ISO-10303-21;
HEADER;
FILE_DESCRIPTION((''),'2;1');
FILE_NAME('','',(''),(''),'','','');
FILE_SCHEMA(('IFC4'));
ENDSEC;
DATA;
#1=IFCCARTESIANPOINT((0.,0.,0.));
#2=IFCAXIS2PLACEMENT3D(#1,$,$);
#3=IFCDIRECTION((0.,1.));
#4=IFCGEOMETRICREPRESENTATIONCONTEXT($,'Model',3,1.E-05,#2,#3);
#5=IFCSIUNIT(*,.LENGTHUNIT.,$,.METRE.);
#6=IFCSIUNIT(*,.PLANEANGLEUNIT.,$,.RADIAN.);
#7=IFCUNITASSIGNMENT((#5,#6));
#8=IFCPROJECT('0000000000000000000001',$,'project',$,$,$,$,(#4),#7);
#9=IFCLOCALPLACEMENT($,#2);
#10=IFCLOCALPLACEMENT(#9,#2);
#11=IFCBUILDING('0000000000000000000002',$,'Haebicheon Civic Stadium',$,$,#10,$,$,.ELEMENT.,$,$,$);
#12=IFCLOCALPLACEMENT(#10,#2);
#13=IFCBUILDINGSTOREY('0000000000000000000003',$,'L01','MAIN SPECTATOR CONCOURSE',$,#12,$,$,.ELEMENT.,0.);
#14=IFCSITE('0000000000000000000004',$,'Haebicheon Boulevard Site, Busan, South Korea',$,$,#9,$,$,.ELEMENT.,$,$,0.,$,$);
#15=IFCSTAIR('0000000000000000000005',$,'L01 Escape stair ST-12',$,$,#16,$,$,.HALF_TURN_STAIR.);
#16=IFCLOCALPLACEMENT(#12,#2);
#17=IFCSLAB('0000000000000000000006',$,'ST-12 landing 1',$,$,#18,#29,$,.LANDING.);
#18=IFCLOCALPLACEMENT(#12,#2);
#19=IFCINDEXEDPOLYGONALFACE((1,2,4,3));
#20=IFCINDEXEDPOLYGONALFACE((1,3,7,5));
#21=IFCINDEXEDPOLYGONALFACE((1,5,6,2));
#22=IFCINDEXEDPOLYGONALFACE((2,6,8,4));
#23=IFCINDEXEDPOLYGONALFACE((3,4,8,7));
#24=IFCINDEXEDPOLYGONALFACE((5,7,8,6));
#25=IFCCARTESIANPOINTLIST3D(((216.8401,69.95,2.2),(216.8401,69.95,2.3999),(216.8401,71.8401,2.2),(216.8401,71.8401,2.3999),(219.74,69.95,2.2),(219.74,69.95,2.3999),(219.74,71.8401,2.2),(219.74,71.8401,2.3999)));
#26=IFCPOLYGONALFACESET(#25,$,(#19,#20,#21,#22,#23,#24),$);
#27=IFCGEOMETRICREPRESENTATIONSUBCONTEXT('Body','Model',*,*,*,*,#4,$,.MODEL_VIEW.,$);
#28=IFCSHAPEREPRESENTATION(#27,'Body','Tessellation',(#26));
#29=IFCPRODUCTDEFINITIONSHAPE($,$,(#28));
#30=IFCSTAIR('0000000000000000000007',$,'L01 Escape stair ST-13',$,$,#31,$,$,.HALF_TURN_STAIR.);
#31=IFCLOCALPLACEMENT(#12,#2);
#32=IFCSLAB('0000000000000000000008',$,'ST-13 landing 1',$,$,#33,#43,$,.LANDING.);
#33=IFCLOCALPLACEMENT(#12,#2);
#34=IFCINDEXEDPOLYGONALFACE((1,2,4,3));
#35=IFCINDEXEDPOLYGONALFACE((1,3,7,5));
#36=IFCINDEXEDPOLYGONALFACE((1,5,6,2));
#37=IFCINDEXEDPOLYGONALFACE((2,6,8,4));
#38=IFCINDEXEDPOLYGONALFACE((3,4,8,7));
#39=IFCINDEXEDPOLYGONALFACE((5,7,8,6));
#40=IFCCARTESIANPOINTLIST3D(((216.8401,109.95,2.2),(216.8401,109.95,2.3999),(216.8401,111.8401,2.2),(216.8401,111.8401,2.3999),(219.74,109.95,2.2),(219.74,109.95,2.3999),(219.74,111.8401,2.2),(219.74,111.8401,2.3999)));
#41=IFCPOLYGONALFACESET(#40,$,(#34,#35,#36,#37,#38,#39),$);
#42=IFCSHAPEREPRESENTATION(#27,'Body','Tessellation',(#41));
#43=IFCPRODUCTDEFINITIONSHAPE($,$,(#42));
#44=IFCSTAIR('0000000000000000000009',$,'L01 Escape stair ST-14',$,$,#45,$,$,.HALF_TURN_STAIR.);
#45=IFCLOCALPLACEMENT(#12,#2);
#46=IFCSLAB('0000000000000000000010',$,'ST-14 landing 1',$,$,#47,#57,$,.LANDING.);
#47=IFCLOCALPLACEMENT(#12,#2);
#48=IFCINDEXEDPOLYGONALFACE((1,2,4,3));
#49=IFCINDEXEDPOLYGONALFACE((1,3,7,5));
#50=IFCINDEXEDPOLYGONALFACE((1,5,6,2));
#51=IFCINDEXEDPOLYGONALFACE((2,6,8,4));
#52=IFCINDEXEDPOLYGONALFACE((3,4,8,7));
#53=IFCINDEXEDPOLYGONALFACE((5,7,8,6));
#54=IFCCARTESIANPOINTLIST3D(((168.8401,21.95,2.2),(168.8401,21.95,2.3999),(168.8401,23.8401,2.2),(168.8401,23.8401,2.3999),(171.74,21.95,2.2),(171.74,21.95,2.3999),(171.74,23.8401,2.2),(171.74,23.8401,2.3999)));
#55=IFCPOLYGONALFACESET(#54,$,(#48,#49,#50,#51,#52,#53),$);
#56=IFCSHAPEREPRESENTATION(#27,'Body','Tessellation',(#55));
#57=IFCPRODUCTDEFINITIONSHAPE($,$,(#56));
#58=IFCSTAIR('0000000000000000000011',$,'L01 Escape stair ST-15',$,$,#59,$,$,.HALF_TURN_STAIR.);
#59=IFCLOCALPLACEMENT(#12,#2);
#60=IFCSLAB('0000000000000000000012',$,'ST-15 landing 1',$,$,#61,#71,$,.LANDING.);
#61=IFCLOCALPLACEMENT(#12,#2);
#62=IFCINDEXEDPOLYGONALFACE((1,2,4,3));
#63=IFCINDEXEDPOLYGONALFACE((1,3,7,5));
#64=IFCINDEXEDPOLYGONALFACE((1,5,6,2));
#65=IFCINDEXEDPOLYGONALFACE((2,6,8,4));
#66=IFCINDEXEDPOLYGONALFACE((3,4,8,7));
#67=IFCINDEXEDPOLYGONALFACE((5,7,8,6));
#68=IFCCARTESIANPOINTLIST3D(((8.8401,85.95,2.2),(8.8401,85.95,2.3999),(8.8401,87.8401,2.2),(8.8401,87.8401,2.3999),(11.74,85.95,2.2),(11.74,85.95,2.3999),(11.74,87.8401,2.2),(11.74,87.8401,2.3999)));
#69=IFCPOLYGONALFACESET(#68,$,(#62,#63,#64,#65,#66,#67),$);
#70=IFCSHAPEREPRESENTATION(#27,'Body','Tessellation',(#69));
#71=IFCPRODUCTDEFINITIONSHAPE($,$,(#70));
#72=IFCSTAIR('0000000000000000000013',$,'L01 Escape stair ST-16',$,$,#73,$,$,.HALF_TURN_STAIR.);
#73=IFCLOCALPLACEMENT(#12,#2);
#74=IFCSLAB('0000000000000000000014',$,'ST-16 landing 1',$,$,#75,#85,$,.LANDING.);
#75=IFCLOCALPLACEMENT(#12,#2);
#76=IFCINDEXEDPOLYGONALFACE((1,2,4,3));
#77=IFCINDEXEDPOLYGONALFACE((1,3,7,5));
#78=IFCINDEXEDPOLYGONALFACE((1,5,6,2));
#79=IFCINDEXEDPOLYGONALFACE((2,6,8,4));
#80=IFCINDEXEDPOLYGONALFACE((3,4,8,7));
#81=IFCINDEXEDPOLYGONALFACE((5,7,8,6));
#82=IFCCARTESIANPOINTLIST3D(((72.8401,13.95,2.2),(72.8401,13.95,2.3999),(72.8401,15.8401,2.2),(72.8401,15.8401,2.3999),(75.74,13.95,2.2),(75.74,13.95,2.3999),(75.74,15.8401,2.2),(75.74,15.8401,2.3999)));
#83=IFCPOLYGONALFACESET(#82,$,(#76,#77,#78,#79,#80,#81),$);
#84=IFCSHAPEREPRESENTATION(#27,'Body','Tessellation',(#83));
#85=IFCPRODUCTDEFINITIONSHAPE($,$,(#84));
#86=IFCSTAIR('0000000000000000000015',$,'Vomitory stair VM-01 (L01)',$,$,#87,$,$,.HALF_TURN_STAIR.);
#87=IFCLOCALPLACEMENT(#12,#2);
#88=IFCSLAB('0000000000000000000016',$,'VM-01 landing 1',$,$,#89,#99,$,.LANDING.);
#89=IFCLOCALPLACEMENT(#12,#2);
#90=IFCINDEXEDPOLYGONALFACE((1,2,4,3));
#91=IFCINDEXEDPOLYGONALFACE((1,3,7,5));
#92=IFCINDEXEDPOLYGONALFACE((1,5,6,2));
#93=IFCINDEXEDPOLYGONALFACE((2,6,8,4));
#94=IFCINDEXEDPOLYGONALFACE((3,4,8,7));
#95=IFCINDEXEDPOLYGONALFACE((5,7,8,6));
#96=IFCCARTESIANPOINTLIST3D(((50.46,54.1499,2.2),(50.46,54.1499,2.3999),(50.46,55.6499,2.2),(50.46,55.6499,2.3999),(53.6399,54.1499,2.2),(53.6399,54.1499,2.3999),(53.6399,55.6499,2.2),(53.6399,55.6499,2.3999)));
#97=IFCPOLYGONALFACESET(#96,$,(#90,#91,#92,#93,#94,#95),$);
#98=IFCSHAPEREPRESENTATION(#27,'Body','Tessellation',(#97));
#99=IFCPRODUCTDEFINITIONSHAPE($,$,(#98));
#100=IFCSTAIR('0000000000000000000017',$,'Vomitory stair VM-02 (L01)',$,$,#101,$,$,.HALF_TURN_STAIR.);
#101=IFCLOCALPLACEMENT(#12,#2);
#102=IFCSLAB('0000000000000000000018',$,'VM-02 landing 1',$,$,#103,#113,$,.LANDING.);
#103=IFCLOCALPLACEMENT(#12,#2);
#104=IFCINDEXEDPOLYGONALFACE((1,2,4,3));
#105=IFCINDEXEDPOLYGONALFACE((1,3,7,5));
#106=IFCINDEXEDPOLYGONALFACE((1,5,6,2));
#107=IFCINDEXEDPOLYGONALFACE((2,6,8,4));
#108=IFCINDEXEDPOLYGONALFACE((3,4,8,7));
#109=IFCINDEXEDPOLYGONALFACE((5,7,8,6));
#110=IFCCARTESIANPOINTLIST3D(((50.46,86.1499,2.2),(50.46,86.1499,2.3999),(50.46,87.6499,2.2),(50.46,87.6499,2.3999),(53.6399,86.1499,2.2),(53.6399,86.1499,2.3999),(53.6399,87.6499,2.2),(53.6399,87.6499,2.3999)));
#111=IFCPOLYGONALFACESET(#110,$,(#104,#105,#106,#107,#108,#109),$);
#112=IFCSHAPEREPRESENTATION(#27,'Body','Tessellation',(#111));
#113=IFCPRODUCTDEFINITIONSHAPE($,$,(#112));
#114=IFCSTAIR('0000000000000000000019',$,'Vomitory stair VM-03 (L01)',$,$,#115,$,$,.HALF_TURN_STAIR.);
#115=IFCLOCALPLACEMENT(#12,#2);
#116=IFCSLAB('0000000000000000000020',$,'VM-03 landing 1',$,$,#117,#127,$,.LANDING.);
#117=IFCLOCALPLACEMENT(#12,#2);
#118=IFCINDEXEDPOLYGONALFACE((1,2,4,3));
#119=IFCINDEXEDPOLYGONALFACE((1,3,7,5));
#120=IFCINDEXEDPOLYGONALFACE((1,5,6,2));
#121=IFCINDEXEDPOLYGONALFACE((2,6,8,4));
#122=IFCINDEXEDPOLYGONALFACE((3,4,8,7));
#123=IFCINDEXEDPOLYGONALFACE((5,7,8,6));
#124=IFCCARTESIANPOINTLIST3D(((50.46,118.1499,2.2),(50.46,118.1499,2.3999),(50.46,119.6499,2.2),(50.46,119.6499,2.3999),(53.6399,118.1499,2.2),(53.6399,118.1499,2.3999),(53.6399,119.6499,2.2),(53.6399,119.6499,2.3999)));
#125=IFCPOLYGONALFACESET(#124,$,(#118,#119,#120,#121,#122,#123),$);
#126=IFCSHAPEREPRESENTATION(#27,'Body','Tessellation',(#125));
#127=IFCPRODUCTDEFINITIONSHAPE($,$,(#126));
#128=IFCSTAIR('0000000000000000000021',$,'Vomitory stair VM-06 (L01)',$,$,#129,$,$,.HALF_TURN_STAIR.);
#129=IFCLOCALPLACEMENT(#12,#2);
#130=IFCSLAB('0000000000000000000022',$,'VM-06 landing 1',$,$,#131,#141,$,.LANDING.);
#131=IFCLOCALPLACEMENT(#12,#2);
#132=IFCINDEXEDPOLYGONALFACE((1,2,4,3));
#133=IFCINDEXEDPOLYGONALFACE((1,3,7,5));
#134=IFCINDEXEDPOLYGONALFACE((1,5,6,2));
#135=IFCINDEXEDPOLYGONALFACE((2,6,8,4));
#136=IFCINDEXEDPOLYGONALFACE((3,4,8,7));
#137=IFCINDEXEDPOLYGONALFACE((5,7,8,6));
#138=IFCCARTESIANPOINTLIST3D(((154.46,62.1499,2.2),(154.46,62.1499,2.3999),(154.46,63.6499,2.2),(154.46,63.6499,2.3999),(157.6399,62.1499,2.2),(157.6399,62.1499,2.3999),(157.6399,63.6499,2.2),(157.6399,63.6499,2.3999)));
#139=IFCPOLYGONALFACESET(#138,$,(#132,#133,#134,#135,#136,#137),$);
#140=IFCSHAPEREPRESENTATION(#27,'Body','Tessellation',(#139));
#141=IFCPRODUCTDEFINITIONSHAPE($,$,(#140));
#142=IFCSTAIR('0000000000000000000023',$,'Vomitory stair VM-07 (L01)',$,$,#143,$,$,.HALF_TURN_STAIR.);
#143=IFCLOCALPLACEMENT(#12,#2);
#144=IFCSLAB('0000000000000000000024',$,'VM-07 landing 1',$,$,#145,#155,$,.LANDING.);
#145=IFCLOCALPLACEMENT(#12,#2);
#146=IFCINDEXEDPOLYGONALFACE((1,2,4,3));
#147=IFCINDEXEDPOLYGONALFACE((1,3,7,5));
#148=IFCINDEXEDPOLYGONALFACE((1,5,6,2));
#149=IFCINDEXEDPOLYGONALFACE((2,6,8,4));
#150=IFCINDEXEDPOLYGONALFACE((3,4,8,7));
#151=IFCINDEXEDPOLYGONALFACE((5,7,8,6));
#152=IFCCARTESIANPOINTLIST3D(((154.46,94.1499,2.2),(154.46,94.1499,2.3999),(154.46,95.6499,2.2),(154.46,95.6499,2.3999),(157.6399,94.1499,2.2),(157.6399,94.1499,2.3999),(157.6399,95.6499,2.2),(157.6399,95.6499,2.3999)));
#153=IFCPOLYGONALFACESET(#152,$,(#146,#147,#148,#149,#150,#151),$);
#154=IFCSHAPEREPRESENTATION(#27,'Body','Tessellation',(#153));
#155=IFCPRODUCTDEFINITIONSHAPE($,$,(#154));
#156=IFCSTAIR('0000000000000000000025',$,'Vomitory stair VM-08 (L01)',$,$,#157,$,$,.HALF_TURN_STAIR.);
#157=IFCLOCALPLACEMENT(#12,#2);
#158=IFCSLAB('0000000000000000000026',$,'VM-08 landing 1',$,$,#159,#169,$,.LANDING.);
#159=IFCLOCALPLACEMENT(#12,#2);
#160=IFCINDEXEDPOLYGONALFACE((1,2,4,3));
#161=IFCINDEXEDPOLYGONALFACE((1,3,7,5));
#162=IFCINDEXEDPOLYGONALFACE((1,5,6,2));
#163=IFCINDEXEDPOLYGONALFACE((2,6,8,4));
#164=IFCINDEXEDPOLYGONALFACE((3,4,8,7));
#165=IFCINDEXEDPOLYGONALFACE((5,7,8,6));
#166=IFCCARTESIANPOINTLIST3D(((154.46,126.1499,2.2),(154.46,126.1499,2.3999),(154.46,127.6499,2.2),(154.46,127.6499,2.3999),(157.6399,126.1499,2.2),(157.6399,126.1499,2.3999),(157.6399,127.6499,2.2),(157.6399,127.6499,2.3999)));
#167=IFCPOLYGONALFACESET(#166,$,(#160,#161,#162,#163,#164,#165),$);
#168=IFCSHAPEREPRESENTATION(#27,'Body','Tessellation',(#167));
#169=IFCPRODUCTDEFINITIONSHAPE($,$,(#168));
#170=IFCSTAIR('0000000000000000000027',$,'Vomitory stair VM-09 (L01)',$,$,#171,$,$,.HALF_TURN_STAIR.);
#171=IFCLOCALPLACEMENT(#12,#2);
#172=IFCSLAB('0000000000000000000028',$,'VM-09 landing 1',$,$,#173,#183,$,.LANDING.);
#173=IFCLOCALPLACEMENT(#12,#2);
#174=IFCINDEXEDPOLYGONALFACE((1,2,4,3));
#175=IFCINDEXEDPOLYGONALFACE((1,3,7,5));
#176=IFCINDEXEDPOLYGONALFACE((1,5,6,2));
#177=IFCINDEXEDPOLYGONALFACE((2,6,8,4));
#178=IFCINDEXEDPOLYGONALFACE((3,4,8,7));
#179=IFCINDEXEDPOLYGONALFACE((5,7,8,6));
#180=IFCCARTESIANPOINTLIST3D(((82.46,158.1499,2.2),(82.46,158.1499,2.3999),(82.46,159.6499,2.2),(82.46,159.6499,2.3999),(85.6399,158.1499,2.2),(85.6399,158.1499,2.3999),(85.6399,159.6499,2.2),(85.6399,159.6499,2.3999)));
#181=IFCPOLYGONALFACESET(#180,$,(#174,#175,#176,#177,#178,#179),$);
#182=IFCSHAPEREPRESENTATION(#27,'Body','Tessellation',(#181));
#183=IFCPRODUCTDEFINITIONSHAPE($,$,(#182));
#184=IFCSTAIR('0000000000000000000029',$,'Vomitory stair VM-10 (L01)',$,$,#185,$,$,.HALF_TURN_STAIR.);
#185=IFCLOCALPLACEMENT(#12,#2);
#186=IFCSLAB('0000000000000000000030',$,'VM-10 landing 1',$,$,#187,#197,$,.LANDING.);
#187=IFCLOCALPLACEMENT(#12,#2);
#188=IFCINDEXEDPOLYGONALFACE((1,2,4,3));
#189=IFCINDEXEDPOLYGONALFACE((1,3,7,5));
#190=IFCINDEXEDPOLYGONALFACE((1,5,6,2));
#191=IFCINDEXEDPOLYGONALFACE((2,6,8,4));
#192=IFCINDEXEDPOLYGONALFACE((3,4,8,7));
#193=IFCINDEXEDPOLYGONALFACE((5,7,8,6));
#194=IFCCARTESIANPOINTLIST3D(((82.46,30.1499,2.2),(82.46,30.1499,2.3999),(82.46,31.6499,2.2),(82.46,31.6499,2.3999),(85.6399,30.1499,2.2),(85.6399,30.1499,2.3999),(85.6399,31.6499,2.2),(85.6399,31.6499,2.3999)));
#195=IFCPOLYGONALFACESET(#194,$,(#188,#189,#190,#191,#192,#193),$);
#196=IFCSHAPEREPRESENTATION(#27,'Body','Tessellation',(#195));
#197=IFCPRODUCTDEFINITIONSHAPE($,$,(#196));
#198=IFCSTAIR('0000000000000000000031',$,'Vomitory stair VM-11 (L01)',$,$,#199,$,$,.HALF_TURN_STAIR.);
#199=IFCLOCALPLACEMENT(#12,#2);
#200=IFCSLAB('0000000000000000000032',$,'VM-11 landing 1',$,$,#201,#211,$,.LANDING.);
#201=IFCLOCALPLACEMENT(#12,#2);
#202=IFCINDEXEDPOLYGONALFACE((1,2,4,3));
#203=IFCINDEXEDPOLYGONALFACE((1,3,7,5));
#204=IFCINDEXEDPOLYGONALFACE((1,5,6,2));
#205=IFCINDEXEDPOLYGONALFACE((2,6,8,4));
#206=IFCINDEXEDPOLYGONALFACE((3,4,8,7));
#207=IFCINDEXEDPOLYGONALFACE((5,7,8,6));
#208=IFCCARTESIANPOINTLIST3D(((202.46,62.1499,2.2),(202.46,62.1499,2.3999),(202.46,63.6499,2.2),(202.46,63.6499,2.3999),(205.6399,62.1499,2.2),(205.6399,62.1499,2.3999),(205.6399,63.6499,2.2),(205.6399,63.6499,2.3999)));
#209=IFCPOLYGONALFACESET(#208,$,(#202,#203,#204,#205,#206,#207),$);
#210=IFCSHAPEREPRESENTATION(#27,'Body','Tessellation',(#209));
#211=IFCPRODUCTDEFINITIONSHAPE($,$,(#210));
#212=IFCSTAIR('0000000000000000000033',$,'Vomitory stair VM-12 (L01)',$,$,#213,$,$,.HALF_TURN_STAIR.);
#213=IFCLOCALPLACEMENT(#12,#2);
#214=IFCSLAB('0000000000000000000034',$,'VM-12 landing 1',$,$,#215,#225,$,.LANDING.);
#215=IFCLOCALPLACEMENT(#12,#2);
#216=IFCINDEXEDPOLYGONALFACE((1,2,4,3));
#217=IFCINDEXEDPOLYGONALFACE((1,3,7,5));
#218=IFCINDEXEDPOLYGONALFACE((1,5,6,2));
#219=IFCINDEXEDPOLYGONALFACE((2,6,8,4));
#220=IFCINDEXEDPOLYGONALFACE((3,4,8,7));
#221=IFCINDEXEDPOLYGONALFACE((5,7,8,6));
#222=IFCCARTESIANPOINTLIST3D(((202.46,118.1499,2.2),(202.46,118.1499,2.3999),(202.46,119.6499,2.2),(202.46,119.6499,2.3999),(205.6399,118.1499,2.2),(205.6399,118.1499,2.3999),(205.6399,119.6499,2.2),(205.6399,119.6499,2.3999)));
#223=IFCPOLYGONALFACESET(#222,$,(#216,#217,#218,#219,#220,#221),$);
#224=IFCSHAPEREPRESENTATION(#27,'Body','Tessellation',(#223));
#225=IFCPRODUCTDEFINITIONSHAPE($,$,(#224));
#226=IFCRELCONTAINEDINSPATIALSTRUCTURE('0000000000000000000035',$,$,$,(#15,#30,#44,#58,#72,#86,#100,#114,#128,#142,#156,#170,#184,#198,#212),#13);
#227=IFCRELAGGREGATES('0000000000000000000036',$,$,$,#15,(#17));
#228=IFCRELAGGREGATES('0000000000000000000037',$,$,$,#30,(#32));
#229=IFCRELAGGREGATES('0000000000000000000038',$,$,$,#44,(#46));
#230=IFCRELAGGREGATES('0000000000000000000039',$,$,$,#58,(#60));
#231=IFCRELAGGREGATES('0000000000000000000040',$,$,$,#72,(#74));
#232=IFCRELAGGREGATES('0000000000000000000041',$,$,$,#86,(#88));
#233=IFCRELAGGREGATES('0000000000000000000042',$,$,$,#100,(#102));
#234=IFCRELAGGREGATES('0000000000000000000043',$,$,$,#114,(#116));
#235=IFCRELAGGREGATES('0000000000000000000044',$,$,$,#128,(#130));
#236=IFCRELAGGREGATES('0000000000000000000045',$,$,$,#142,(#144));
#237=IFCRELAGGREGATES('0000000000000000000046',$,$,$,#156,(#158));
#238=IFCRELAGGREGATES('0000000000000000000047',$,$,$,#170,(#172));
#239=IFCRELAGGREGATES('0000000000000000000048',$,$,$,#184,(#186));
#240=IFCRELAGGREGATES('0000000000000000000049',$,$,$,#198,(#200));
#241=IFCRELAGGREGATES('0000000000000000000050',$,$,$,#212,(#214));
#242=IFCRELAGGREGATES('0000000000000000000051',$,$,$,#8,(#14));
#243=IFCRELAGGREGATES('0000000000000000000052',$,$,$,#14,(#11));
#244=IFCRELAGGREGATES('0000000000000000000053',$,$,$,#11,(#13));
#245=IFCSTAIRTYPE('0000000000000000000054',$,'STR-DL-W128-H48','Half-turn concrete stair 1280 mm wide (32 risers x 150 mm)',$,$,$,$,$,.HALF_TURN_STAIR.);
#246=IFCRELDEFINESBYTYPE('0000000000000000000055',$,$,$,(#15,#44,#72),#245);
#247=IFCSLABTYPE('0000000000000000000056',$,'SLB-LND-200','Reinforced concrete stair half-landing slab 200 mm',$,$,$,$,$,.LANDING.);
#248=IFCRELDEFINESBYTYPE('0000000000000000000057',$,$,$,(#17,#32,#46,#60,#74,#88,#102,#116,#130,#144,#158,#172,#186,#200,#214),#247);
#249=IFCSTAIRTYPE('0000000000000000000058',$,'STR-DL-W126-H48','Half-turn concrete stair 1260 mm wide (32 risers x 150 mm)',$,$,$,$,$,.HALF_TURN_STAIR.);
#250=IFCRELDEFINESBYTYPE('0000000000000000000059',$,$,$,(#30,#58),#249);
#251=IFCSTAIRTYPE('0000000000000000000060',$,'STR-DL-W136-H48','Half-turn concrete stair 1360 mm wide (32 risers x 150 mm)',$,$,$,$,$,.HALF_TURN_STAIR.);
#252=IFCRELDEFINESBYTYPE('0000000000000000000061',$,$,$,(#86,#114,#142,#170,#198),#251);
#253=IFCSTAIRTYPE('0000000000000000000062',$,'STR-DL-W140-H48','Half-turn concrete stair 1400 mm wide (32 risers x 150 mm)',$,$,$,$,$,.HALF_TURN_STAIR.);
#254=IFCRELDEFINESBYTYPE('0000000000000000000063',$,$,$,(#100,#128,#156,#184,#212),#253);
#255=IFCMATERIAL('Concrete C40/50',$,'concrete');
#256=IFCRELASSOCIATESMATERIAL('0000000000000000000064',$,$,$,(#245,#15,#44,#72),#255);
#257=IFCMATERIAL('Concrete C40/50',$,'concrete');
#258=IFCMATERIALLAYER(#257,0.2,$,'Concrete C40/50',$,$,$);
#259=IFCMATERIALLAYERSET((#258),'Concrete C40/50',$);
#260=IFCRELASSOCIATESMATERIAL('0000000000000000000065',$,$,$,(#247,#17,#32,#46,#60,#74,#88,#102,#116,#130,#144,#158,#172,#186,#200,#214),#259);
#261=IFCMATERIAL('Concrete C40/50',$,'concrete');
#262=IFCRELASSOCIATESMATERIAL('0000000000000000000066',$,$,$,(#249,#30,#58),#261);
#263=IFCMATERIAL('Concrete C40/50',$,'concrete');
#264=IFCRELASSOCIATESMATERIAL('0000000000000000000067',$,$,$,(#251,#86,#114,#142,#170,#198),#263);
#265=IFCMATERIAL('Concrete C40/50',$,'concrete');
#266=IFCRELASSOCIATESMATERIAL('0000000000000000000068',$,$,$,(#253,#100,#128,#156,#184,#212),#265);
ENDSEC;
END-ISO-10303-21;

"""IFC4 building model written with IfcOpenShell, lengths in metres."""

from ifc_helpers import new_model, si_unit, direction, frame, origin, place, context, subcontext, project, spatial, polyline, outline, extrude, material, layer, layer_set, type_object, element, aggregate, save


model = new_model("IFC4")

# Units and contexts
model_context = context("Model", 3, precision=1e-05, world=origin(), true_north=direction((0.0, 1.0)))
body_context = subcontext(model_context, "Body", "Model", "MODEL_VIEW")
ifc_project = project(units=[si_unit("LENGTHUNIT", "METRE"), si_unit("PLANEANGLEUNIT", "RADIAN")], contexts=[model_context])

# Site, building, storey
site_placement = place(None, origin())
site = spatial("IfcSite", under=ifc_project, at=site_placement, Name="Haebicheon Boulevard Site, Busan, South Korea", CompositionType="ELEMENT", RefElevation=0.0)
building_placement = place(site_placement, origin())
building = spatial("IfcBuilding", under=site, at=building_placement, Name="Haebicheon Civic Stadium", CompositionType="ELEMENT")
storey_placement = place(building_placement, origin())
storey = spatial("IfcBuildingStorey", under=building, at=storey_placement, Name="L01", Description="MAIN SPECTATOR CONCOURSE", CompositionType="ELEMENT", Elevation=0.0)

# Stairs, slabs
ifc_material_1 = material(Name="Concrete C40/50", Category="concrete")
stair_type_1 = type_object("IfcStairType", Name="STR-DL-W128-H48", Description="Half-turn concrete stair 1280 mm wide (32 risers x 150 mm)", PredefinedType="HALF_TURN_STAIR", material=ifc_material_1)
stair_1_placement = place(storey_placement, origin())
stair_1 = element("IfcStair", 1, at=stair_1_placement, inside=storey, type_object=stair_type_1, material=ifc_material_1, Name="L01 Escape stair ST-12", PredefinedType="HALF_TURN_STAIR")
ifc_material_2 = material(Name="Concrete C40/50", Category="concrete")
ifc_layer_1 = layer(ifc_material_2, 0.2, Name="Concrete C40/50")
ifc_layer_set_1 = layer_set([ifc_layer_1], Name="Concrete C40/50")
slab_type_1 = type_object("IfcSlabType", Name="SLB-LND-200", Description="Reinforced concrete stair half-landing slab 200 mm", PredefinedType="LANDING", material=ifc_layer_set_1)
slab_1_placement = place(storey_placement, frame((0.0, 0.0, 2.2)))
slab_1 = element("IfcSlab", 2, at=slab_1_placement, type_object=slab_type_1, material=ifc_layer_set_1, Name="ST-12 landing 1", PredefinedType="LANDING", context=body_context, shape_type="SweptSolid", body=[
    extrude(outline(polyline([(219.74, 69.95), (219.74, 71.8401), (216.8401, 71.8401), (216.8401, 69.95), (219.74, 69.95)])), origin(), (0.0, 0.0, 1.0), 0.2),
])
aggregate(stair_1, [slab_1])
ifc_material_3 = material(Name="Concrete C40/50", Category="concrete")
stair_type_2 = type_object("IfcStairType", Name="STR-DL-W126-H48", Description="Half-turn concrete stair 1260 mm wide (32 risers x 150 mm)", PredefinedType="HALF_TURN_STAIR", material=ifc_material_3)
stair_2_placement = place(storey_placement, origin())
stair_2 = element("IfcStair", 3, at=stair_2_placement, inside=storey, type_object=stair_type_2, material=ifc_material_3, Name="L01 Escape stair ST-13", PredefinedType="HALF_TURN_STAIR")
slab_2_placement = place(storey_placement, frame((0.0, 0.0, 2.2)))
slab_2 = element("IfcSlab", 4, at=slab_2_placement, type_object=slab_type_1, material=ifc_layer_set_1, Name="ST-13 landing 1", PredefinedType="LANDING", context=body_context, shape_type="SweptSolid", body=[
    extrude(outline(polyline([(219.74, 109.95), (219.74, 111.8401), (216.8401, 111.8401), (216.8401, 109.95), (219.74, 109.95)])), origin(), (0.0, 0.0, 1.0), 0.2),
])
aggregate(stair_2, [slab_2])
stair_3_placement = place(storey_placement, origin())
stair_3 = element("IfcStair", 5, at=stair_3_placement, inside=storey, type_object=stair_type_1, material=ifc_material_1, Name="L01 Escape stair ST-14", PredefinedType="HALF_TURN_STAIR")
slab_3_placement = place(storey_placement, frame((0.0, 0.0, 2.2)))
slab_3 = element("IfcSlab", 6, at=slab_3_placement, type_object=slab_type_1, material=ifc_layer_set_1, Name="ST-14 landing 1", PredefinedType="LANDING", context=body_context, shape_type="SweptSolid", body=[
    extrude(outline(polyline([(171.74, 21.95), (171.74, 23.8401), (168.8401, 23.8401), (168.8401, 21.95), (171.74, 21.95)])), origin(), (0.0, 0.0, 1.0), 0.2),
])
aggregate(stair_3, [slab_3])
stair_4_placement = place(storey_placement, origin())
stair_4 = element("IfcStair", 7, at=stair_4_placement, inside=storey, type_object=stair_type_2, material=ifc_material_3, Name="L01 Escape stair ST-15", PredefinedType="HALF_TURN_STAIR")
slab_4_placement = place(storey_placement, frame((0.0, 0.0, 2.2)))
slab_4 = element("IfcSlab", 8, at=slab_4_placement, type_object=slab_type_1, material=ifc_layer_set_1, Name="ST-15 landing 1", PredefinedType="LANDING", context=body_context, shape_type="SweptSolid", body=[
    extrude(outline(polyline([(11.74, 85.95), (11.74, 87.8401), (8.8401, 87.8401), (8.8401, 85.95), (11.74, 85.95)])), origin(), (0.0, 0.0, 1.0), 0.2),
])
aggregate(stair_4, [slab_4])
stair_5_placement = place(storey_placement, origin())
stair_5 = element("IfcStair", 9, at=stair_5_placement, inside=storey, type_object=stair_type_1, material=ifc_material_1, Name="L01 Escape stair ST-16", PredefinedType="HALF_TURN_STAIR")
slab_5_placement = place(storey_placement, frame((0.0, 0.0, 2.2)))
slab_5 = element("IfcSlab", 10, at=slab_5_placement, type_object=slab_type_1, material=ifc_layer_set_1, Name="ST-16 landing 1", PredefinedType="LANDING", context=body_context, shape_type="SweptSolid", body=[
    extrude(outline(polyline([(75.74, 13.95), (75.74, 15.8401), (72.8401, 15.8401), (72.8401, 13.95), (75.74, 13.95)])), origin(), (0.0, 0.0, 1.0), 0.2),
])
aggregate(stair_5, [slab_5])
ifc_material_4 = material(Name="Concrete C40/50", Category="concrete")
stair_type_3 = type_object("IfcStairType", Name="STR-DL-W136-H48", Description="Half-turn concrete stair 1360 mm wide (32 risers x 150 mm)", PredefinedType="HALF_TURN_STAIR", material=ifc_material_4)
stair_6_placement = place(storey_placement, origin())
stair_6 = element("IfcStair", 11, at=stair_6_placement, inside=storey, type_object=stair_type_3, material=ifc_material_4, Name="Vomitory stair VM-01 (L01)", PredefinedType="HALF_TURN_STAIR")
slab_6_placement = place(storey_placement, frame((0.0, 0.0, 2.2)))
slab_6 = element("IfcSlab", 12, at=slab_6_placement, type_object=slab_type_1, material=ifc_layer_set_1, Name="VM-01 landing 1", PredefinedType="LANDING", context=body_context, shape_type="SweptSolid", body=[
    extrude(outline(polyline([(53.6399, 54.1499), (53.6399, 55.6499), (50.46, 55.6499), (50.46, 54.1499), (53.6399, 54.1499)])), origin(), (0.0, 0.0, 1.0), 0.2),
])
aggregate(stair_6, [slab_6])
ifc_material_5 = material(Name="Concrete C40/50", Category="concrete")
stair_type_4 = type_object("IfcStairType", Name="STR-DL-W140-H48", Description="Half-turn concrete stair 1400 mm wide (32 risers x 150 mm)", PredefinedType="HALF_TURN_STAIR", material=ifc_material_5)
stair_7_placement = place(storey_placement, origin())
stair_7 = element("IfcStair", 13, at=stair_7_placement, inside=storey, type_object=stair_type_4, material=ifc_material_5, Name="Vomitory stair VM-02 (L01)", PredefinedType="HALF_TURN_STAIR")
slab_7_placement = place(storey_placement, frame((0.0, 0.0, 2.2)))
slab_7 = element("IfcSlab", 14, at=slab_7_placement, type_object=slab_type_1, material=ifc_layer_set_1, Name="VM-02 landing 1", PredefinedType="LANDING", context=body_context, shape_type="SweptSolid", body=[
    extrude(outline(polyline([(53.6399, 86.1499), (53.6399, 87.6499), (50.46, 87.6499), (50.46, 86.1499), (53.6399, 86.1499)])), origin(), (0.0, 0.0, 1.0), 0.2),
])
aggregate(stair_7, [slab_7])
stair_8_placement = place(storey_placement, origin())
stair_8 = element("IfcStair", 15, at=stair_8_placement, inside=storey, type_object=stair_type_3, material=ifc_material_4, Name="Vomitory stair VM-03 (L01)", PredefinedType="HALF_TURN_STAIR")
slab_8_placement = place(storey_placement, frame((0.0, 0.0, 2.2)))
slab_8 = element("IfcSlab", 16, at=slab_8_placement, type_object=slab_type_1, material=ifc_layer_set_1, Name="VM-03 landing 1", PredefinedType="LANDING", context=body_context, shape_type="SweptSolid", body=[
    extrude(outline(polyline([(53.6399, 118.1499), (53.6399, 119.6499), (50.46, 119.6499), (50.46, 118.1499), (53.6399, 118.1499)])), origin(), (0.0, 0.0, 1.0), 0.2),
])
aggregate(stair_8, [slab_8])
stair_9_placement = place(storey_placement, origin())
stair_9 = element("IfcStair", 17, at=stair_9_placement, inside=storey, type_object=stair_type_4, material=ifc_material_5, Name="Vomitory stair VM-06 (L01)", PredefinedType="HALF_TURN_STAIR")
slab_9_placement = place(storey_placement, frame((0.0, 0.0, 2.2)))
slab_9 = element("IfcSlab", 18, at=slab_9_placement, type_object=slab_type_1, material=ifc_layer_set_1, Name="VM-06 landing 1", PredefinedType="LANDING", context=body_context, shape_type="SweptSolid", body=[
    extrude(outline(polyline([(157.6399, 62.1499), (157.6399, 63.6499), (154.46, 63.6499), (154.46, 62.1499), (157.6399, 62.1499)])), origin(), (0.0, 0.0, 1.0), 0.2),
])
aggregate(stair_9, [slab_9])
stair_10_placement = place(storey_placement, origin())
stair_10 = element("IfcStair", 19, at=stair_10_placement, inside=storey, type_object=stair_type_3, material=ifc_material_4, Name="Vomitory stair VM-07 (L01)", PredefinedType="HALF_TURN_STAIR")
slab_10_placement = place(storey_placement, frame((0.0, 0.0, 2.2)))
slab_10 = element("IfcSlab", 20, at=slab_10_placement, type_object=slab_type_1, material=ifc_layer_set_1, Name="VM-07 landing 1", PredefinedType="LANDING", context=body_context, shape_type="SweptSolid", body=[
    extrude(outline(polyline([(157.6399, 94.1499), (157.6399, 95.6499), (154.46, 95.6499), (154.46, 94.1499), (157.6399, 94.1499)])), origin(), (0.0, 0.0, 1.0), 0.2),
])
aggregate(stair_10, [slab_10])
stair_11_placement = place(storey_placement, origin())
stair_11 = element("IfcStair", 21, at=stair_11_placement, inside=storey, type_object=stair_type_4, material=ifc_material_5, Name="Vomitory stair VM-08 (L01)", PredefinedType="HALF_TURN_STAIR")
slab_11_placement = place(storey_placement, frame((0.0, 0.0, 2.2)))
slab_11 = element("IfcSlab", 22, at=slab_11_placement, type_object=slab_type_1, material=ifc_layer_set_1, Name="VM-08 landing 1", PredefinedType="LANDING", context=body_context, shape_type="SweptSolid", body=[
    extrude(outline(polyline([(157.6399, 126.1499), (157.6399, 127.6499), (154.46, 127.6499), (154.46, 126.1499), (157.6399, 126.1499)])), origin(), (0.0, 0.0, 1.0), 0.2),
])
aggregate(stair_11, [slab_11])
stair_12_placement = place(storey_placement, origin())
stair_12 = element("IfcStair", 23, at=stair_12_placement, inside=storey, type_object=stair_type_3, material=ifc_material_4, Name="Vomitory stair VM-09 (L01)", PredefinedType="HALF_TURN_STAIR")
slab_12_placement = place(storey_placement, frame((0.0, 0.0, 2.2)))
slab_12 = element("IfcSlab", 24, at=slab_12_placement, type_object=slab_type_1, material=ifc_layer_set_1, Name="VM-09 landing 1", PredefinedType="LANDING", context=body_context, shape_type="SweptSolid", body=[
    extrude(outline(polyline([(85.6399, 158.1499), (85.6399, 159.6499), (82.46, 159.6499), (82.46, 158.1499), (85.6399, 158.1499)])), origin(), (0.0, 0.0, 1.0), 0.2),
])
aggregate(stair_12, [slab_12])
stair_13_placement = place(storey_placement, origin())
stair_13 = element("IfcStair", 25, at=stair_13_placement, inside=storey, type_object=stair_type_4, material=ifc_material_5, Name="Vomitory stair VM-10 (L01)", PredefinedType="HALF_TURN_STAIR")
slab_13_placement = place(storey_placement, frame((0.0, 0.0, 2.2)))
slab_13 = element("IfcSlab", 26, at=slab_13_placement, type_object=slab_type_1, material=ifc_layer_set_1, Name="VM-10 landing 1", PredefinedType="LANDING", context=body_context, shape_type="SweptSolid", body=[
    extrude(outline(polyline([(85.6399, 30.1499), (85.6399, 31.6499), (82.46, 31.6499), (82.46, 30.1499), (85.6399, 30.1499)])), origin(), (0.0, 0.0, 1.0), 0.2),
])
aggregate(stair_13, [slab_13])
stair_14_placement = place(storey_placement, origin())
stair_14 = element("IfcStair", 27, at=stair_14_placement, inside=storey, type_object=stair_type_3, material=ifc_material_4, Name="Vomitory stair VM-11 (L01)", PredefinedType="HALF_TURN_STAIR")
slab_14_placement = place(storey_placement, frame((0.0, 0.0, 2.2)))
slab_14 = element("IfcSlab", 28, at=slab_14_placement, type_object=slab_type_1, material=ifc_layer_set_1, Name="VM-11 landing 1", PredefinedType="LANDING", context=body_context, shape_type="SweptSolid", body=[
    extrude(outline(polyline([(205.6399, 62.1499), (205.6399, 63.6499), (202.46, 63.6499), (202.46, 62.1499), (205.6399, 62.1499)])), origin(), (0.0, 0.0, 1.0), 0.2),
])
aggregate(stair_14, [slab_14])
stair_15_placement = place(storey_placement, origin())
stair_15 = element("IfcStair", 29, at=stair_15_placement, inside=storey, type_object=stair_type_4, material=ifc_material_5, Name="Vomitory stair VM-12 (L01)", PredefinedType="HALF_TURN_STAIR")
slab_15_placement = place(storey_placement, frame((0.0, 0.0, 2.2)))
slab_15 = element("IfcSlab", 30, at=slab_15_placement, type_object=slab_type_1, material=ifc_layer_set_1, Name="VM-12 landing 1", PredefinedType="LANDING", context=body_context, shape_type="SweptSolid", body=[
    extrude(outline(polyline([(205.6399, 118.1499), (205.6399, 119.6499), (202.46, 119.6499), (202.46, 118.1499), (205.6399, 118.1499)])), origin(), (0.0, 0.0, 1.0), 0.2),
])
aggregate(stair_15, [slab_15])

save(model, "model.ifc")
